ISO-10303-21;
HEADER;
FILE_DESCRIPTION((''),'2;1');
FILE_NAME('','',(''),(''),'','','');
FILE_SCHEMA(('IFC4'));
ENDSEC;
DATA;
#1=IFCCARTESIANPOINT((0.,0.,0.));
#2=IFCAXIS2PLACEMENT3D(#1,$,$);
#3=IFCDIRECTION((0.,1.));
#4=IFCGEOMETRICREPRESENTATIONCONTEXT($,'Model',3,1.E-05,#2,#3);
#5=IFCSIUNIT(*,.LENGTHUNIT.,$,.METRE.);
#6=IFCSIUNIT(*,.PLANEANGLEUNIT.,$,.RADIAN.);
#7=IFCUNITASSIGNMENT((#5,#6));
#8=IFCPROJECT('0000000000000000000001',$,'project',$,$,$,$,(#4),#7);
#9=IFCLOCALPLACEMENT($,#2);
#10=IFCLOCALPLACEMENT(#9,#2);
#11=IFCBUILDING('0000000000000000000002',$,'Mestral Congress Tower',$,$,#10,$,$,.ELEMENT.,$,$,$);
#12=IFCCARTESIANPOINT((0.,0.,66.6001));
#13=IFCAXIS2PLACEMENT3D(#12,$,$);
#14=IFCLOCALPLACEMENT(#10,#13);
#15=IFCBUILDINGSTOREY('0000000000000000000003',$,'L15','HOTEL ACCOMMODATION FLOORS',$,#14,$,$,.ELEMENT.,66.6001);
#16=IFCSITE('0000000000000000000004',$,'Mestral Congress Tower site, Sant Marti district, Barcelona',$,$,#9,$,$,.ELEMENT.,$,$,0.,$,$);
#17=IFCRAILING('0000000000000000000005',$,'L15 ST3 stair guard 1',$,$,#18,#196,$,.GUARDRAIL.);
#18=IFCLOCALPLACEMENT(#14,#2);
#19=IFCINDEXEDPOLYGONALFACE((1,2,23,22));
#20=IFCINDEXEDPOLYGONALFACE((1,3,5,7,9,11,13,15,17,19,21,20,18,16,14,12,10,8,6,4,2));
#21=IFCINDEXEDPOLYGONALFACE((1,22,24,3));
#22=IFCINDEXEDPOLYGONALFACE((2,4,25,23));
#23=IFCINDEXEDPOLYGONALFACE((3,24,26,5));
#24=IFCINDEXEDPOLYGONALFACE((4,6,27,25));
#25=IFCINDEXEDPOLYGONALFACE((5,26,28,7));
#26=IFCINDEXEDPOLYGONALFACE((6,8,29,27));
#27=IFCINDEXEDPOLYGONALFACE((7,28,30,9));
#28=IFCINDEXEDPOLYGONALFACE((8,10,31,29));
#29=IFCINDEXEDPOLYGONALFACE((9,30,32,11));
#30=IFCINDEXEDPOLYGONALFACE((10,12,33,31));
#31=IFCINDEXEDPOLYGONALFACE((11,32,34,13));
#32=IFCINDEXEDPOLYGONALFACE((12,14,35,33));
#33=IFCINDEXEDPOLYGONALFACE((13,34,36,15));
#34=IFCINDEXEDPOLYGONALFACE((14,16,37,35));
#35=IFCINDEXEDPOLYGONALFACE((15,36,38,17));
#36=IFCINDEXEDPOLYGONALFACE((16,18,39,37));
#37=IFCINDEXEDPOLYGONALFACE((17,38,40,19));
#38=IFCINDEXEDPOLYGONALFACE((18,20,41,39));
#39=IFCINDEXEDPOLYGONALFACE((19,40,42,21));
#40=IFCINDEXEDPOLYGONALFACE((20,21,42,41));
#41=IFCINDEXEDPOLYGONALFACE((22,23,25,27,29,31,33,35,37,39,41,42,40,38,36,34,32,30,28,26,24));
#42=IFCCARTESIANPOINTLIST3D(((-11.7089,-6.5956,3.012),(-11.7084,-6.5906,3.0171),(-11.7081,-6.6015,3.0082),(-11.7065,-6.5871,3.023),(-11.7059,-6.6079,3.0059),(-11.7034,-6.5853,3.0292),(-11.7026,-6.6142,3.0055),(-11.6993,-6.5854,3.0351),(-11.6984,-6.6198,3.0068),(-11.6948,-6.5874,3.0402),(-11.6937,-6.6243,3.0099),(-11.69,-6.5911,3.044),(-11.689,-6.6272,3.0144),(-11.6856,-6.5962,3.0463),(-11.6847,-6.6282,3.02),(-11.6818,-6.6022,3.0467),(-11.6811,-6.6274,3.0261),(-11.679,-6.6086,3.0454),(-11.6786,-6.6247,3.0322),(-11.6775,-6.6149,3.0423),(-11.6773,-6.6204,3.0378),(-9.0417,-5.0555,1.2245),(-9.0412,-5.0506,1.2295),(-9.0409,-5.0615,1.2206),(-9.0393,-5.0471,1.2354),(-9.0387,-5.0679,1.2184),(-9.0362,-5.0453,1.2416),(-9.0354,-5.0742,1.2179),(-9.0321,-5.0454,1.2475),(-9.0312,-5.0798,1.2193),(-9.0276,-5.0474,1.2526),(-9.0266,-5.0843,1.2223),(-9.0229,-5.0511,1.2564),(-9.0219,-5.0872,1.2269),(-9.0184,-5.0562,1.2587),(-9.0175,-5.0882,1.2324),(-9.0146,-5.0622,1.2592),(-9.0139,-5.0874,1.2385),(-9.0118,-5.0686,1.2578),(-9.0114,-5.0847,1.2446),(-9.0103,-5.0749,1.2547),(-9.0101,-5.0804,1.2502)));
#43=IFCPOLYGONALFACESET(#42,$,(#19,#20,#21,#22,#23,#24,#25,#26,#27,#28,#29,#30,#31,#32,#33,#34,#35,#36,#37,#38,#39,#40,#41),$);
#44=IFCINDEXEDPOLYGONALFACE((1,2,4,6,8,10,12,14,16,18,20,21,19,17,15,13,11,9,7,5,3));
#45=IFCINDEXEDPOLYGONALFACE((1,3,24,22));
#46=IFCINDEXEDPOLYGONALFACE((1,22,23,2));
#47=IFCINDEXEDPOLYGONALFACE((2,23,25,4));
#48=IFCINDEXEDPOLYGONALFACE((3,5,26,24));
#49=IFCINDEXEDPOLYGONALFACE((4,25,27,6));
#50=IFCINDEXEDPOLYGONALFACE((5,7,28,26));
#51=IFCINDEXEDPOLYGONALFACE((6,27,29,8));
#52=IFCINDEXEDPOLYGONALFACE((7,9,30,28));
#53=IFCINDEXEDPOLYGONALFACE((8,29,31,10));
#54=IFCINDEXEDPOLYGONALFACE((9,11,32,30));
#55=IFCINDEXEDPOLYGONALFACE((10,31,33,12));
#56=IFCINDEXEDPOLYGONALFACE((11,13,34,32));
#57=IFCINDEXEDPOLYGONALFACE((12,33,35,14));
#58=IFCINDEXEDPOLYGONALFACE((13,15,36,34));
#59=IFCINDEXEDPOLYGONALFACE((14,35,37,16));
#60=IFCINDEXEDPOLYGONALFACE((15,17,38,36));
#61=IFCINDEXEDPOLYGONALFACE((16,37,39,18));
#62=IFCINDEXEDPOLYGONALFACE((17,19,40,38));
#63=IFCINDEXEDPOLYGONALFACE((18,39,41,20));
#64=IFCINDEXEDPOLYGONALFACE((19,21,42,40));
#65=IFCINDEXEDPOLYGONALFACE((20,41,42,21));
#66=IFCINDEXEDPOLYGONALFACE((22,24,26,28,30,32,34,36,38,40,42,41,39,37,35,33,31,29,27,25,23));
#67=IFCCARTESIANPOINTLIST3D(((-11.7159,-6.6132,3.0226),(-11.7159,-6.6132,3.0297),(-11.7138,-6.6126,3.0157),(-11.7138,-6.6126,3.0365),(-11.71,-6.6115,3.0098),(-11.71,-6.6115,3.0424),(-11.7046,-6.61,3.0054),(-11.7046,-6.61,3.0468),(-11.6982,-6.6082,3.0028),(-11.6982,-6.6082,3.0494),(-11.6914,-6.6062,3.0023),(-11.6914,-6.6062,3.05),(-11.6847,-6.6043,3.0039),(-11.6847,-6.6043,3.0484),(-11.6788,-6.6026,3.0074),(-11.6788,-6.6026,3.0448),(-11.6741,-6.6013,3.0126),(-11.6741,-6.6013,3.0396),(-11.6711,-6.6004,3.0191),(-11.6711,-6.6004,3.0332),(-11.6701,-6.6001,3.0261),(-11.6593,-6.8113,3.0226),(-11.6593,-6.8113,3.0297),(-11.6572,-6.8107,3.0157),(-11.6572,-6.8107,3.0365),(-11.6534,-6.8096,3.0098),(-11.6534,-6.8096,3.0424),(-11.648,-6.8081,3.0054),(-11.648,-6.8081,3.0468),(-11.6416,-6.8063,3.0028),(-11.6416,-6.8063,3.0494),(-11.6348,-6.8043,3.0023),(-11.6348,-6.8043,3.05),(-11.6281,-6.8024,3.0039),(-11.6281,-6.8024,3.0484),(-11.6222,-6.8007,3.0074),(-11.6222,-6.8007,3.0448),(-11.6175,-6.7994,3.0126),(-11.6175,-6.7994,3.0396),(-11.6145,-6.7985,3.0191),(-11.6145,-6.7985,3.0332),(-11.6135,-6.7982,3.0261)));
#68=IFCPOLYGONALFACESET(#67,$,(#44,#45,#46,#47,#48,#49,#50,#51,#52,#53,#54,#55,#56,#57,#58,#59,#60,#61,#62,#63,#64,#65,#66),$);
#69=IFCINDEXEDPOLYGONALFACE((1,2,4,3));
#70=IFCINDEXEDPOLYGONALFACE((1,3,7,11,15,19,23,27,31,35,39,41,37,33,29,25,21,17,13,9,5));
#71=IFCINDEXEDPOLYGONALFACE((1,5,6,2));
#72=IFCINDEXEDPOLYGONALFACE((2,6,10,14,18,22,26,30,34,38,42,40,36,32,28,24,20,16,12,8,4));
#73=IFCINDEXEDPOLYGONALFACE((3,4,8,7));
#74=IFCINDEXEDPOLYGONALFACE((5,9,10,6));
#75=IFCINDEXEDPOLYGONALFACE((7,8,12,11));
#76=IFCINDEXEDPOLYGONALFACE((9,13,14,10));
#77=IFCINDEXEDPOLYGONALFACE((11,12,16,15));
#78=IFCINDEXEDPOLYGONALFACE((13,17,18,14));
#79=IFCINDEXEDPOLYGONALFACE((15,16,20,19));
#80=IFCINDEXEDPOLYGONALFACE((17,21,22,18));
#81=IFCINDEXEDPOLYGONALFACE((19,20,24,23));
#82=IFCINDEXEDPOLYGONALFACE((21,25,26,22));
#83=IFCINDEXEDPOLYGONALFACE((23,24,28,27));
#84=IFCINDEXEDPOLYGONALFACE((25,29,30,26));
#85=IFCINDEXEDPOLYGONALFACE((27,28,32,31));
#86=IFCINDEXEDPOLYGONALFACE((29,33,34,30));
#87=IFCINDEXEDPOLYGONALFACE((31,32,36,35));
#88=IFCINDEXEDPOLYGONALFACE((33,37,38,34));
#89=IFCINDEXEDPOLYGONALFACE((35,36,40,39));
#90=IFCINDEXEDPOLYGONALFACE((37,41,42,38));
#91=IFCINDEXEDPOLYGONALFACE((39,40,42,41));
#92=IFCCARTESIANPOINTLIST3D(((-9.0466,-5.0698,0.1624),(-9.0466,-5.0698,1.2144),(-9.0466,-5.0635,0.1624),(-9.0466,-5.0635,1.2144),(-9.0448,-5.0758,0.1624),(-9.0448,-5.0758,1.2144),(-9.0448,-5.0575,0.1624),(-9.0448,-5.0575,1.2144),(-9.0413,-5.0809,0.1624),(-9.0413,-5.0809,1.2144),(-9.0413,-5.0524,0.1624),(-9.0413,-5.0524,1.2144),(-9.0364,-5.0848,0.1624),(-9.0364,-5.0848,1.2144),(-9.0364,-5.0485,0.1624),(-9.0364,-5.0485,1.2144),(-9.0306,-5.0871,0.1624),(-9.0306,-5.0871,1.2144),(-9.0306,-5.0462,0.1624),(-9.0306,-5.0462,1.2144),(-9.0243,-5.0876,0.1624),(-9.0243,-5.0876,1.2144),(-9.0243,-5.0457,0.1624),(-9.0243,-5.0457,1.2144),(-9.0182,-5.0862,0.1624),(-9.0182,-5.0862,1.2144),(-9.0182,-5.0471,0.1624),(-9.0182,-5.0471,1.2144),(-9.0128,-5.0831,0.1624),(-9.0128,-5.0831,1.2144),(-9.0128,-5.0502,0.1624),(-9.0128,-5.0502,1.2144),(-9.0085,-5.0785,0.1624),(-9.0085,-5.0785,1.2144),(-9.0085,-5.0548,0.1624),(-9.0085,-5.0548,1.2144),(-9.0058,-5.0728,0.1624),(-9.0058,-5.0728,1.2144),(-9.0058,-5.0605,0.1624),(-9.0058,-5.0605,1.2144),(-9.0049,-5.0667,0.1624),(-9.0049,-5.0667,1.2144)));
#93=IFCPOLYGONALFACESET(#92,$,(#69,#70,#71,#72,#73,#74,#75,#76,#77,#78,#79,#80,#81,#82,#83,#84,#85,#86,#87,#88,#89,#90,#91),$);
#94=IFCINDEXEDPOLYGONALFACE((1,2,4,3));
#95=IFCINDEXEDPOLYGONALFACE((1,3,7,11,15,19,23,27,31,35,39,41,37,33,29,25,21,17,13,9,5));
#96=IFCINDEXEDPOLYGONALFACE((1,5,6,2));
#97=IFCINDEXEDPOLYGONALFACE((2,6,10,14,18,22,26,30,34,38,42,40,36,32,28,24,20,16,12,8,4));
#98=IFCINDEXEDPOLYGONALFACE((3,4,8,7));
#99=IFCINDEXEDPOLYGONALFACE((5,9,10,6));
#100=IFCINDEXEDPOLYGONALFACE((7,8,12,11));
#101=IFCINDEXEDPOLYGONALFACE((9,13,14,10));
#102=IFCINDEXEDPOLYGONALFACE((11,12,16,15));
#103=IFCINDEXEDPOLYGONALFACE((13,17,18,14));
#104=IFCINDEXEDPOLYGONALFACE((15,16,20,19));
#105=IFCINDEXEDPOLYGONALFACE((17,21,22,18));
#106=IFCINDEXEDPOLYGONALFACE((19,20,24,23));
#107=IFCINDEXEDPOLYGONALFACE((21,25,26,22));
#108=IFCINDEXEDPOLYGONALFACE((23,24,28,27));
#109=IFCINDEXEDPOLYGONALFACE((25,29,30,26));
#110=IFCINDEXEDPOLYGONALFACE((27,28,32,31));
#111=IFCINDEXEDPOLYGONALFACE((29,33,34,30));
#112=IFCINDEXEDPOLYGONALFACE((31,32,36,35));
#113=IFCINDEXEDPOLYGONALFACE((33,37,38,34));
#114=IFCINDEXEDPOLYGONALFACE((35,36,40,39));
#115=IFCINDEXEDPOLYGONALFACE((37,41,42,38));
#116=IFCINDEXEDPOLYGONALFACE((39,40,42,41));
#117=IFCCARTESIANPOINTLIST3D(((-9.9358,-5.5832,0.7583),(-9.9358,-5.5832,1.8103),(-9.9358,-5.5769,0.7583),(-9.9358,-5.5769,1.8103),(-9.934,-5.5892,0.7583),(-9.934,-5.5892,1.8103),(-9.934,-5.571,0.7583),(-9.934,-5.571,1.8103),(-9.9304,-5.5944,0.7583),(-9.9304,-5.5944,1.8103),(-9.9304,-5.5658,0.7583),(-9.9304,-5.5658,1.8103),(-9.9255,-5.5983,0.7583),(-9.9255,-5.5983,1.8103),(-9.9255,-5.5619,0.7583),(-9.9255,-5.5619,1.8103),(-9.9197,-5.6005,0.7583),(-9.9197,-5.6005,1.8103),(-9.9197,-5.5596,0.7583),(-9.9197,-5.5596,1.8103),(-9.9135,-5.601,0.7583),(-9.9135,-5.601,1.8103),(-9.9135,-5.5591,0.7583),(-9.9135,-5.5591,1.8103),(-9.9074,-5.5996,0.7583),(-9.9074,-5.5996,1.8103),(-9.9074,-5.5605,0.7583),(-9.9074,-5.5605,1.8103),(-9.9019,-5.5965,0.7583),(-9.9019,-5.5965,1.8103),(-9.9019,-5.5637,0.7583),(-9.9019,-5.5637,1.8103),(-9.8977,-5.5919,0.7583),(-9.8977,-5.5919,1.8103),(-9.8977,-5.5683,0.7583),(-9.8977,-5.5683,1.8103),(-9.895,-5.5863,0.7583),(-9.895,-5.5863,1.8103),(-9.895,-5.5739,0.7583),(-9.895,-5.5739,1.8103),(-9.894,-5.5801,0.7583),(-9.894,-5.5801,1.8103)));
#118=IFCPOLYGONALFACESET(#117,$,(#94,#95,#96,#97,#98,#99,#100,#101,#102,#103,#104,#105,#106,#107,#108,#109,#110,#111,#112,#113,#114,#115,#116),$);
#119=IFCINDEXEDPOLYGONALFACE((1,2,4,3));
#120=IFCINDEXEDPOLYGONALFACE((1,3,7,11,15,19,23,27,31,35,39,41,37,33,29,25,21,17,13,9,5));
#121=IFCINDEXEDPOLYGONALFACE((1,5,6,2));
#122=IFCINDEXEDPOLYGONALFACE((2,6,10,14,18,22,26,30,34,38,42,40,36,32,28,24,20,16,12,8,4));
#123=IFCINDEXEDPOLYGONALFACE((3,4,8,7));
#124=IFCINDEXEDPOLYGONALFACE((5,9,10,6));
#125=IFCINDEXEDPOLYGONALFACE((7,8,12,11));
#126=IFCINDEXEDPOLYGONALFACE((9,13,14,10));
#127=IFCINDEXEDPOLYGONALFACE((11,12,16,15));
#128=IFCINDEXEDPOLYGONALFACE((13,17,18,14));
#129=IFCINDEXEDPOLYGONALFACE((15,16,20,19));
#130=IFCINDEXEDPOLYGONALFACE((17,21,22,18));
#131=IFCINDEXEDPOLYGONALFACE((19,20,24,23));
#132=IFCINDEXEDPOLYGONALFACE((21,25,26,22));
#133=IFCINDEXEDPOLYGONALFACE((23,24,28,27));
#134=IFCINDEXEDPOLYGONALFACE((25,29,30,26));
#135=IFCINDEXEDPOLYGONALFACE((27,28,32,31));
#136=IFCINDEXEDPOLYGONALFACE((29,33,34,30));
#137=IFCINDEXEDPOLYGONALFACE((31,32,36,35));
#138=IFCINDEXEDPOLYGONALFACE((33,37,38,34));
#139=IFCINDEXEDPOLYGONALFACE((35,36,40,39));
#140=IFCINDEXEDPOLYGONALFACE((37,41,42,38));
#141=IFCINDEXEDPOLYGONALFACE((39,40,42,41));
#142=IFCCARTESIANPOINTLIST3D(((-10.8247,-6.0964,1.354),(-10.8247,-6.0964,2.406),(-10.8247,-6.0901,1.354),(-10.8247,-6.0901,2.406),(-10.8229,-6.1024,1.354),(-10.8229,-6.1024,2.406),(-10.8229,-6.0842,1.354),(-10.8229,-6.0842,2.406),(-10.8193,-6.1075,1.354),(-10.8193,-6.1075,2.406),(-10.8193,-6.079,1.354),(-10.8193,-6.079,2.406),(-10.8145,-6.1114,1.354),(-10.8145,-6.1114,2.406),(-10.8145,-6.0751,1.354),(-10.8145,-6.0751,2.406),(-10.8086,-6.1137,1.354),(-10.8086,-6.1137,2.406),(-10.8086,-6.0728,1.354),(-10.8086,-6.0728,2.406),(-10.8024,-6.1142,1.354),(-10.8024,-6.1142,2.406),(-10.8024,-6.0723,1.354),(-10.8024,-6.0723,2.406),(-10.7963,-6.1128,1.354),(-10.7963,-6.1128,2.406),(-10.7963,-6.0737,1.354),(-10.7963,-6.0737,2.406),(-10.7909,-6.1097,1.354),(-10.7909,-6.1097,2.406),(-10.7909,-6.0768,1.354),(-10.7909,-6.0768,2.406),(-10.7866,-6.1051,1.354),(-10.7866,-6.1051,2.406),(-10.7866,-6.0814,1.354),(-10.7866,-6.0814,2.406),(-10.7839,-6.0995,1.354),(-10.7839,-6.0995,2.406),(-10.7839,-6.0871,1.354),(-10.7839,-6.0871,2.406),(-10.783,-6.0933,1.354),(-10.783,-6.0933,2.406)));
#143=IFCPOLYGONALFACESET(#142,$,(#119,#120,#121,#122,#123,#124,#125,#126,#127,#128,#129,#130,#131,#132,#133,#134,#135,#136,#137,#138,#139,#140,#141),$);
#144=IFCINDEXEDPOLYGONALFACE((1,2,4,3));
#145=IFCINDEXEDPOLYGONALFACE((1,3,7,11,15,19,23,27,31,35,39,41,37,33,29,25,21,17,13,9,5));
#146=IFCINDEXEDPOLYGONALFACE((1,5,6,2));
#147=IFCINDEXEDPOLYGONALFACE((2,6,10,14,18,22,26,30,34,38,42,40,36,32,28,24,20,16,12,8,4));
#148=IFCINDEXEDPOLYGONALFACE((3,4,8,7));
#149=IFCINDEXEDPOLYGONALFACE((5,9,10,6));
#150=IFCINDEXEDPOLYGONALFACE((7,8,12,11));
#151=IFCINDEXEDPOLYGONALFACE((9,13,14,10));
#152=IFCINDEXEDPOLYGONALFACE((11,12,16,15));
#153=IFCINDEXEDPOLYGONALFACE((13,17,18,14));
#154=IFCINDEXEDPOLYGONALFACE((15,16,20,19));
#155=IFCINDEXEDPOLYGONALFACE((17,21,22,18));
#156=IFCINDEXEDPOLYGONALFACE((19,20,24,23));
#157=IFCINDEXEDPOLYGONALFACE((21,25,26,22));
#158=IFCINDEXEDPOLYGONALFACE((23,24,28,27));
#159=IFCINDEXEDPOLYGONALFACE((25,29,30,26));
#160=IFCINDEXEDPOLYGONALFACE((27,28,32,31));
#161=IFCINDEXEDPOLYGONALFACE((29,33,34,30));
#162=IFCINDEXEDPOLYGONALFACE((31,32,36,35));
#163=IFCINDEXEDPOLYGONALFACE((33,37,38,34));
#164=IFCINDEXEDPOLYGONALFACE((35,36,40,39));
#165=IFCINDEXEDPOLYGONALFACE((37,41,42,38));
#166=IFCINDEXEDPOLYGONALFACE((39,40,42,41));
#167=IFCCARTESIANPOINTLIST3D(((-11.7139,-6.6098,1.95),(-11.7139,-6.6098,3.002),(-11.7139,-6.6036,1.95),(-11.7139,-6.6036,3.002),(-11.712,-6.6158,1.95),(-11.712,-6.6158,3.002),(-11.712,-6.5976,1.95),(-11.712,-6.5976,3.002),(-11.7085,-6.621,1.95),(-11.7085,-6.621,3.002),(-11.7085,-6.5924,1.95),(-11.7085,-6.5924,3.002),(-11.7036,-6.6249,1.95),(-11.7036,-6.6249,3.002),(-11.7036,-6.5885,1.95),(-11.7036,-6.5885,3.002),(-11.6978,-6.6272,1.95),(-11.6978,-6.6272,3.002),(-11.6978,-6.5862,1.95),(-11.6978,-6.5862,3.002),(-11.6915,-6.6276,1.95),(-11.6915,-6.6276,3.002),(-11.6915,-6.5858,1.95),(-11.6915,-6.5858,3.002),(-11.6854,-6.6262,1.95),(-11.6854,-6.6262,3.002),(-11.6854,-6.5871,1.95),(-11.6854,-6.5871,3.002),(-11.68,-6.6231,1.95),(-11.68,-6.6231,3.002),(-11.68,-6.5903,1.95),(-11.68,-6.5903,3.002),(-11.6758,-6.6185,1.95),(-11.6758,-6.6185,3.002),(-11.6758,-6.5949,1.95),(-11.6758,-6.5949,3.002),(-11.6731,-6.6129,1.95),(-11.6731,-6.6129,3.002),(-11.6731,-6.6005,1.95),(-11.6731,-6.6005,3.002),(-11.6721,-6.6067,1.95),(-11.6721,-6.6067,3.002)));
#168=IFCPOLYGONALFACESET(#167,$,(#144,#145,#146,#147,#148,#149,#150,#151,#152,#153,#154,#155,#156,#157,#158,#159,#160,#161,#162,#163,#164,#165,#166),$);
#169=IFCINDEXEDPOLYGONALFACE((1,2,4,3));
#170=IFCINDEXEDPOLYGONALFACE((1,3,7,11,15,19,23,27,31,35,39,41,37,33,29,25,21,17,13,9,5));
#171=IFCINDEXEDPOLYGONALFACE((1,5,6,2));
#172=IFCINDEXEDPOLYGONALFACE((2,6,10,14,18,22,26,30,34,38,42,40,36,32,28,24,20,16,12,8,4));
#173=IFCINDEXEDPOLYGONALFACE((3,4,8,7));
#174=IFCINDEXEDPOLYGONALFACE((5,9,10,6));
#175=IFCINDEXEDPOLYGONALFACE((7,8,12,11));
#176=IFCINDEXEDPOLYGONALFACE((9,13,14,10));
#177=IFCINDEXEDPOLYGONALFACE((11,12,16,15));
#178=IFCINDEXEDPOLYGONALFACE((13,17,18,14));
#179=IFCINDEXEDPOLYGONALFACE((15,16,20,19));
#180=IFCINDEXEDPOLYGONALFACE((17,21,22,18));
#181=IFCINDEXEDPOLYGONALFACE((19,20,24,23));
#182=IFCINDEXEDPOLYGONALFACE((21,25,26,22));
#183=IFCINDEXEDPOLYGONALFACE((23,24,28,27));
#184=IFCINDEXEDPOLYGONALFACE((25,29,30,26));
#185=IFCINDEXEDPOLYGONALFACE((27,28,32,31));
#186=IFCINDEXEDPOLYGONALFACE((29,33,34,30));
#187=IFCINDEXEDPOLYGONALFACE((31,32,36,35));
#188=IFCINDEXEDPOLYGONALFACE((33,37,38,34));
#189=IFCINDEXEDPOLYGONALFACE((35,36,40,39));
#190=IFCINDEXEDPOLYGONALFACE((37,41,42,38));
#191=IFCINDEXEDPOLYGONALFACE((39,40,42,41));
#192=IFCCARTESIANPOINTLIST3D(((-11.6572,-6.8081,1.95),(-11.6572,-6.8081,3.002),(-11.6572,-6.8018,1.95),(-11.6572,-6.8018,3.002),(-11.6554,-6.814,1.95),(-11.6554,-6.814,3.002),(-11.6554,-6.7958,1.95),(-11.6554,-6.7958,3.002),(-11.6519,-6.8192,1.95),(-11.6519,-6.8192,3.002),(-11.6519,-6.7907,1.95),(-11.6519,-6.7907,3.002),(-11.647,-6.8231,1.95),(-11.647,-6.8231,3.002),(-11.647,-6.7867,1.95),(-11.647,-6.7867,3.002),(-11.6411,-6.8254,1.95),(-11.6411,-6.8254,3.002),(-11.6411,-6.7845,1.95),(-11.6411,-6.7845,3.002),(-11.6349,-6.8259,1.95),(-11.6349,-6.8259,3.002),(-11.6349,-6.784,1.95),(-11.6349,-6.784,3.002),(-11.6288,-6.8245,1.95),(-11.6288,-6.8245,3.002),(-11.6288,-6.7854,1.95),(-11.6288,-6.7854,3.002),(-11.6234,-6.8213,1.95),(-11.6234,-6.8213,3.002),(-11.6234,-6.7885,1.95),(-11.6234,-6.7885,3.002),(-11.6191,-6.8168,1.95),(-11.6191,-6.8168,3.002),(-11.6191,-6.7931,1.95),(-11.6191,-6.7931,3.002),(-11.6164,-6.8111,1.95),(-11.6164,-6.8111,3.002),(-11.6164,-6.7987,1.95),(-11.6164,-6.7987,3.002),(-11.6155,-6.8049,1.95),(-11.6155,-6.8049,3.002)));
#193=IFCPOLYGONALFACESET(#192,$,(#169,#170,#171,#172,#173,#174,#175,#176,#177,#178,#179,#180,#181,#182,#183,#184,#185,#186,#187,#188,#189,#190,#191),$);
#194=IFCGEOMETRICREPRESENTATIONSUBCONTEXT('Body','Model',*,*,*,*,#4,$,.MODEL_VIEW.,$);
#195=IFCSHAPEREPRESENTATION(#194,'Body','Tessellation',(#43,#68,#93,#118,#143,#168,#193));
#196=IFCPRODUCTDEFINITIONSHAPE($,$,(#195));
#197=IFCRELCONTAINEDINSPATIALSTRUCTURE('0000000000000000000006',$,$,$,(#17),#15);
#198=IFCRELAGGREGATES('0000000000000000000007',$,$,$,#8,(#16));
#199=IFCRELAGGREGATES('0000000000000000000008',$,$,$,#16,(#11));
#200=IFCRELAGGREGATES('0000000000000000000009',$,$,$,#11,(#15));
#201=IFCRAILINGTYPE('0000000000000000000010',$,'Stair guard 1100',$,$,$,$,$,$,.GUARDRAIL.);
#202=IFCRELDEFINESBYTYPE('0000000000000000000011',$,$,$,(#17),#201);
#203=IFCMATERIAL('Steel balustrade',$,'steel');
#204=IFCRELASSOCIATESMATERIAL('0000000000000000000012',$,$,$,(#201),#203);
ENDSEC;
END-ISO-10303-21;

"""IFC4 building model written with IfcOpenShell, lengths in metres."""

from ifc_helpers import new_model, si_unit, direction, frame, origin, origin_2d, place, context, subcontext, project, spatial, circle, extrude, material, type_object, element, save


model = new_model("IFC4")

# Units and contexts
model_context = context("Model", 3, precision=1e-05, world=origin(), true_north=direction((0.0, 1.0)))
body_context = subcontext(model_context, "Body", "Model", "MODEL_VIEW")
ifc_project = project(units=[si_unit("LENGTHUNIT", "METRE"), si_unit("PLANEANGLEUNIT", "RADIAN")], contexts=[model_context])

# Site, building, storey
site_placement = place(None, origin())
site = spatial("IfcSite", under=ifc_project, at=site_placement, Name="Mestral Congress Tower site, Sant Marti district, Barcelona", CompositionType="ELEMENT", RefElevation=0.0)
building_placement = place(site_placement, origin())
building = spatial("IfcBuilding", under=site, at=building_placement, Name="Mestral Congress Tower", CompositionType="ELEMENT")
storey_placement = place(building_placement, frame((0.0, 0.0, 66.6001)))
storey = spatial("IfcBuildingStorey", under=building, at=storey_placement, Name="L15", Description="HOTEL ACCOMMODATION FLOORS", CompositionType="ELEMENT", Elevation=66.6001)

# Railing
ifc_material_1 = material(Name="Steel balustrade", Category="steel")
railing_type_1 = type_object("IfcRailingType", Name="Stair guard 1100", PredefinedType="GUARDRAIL", material=ifc_material_1)
railing_1_placement = place(storey_placement, frame((-9.0259, -5.0667, 0.1624)))
element("IfcRailing", 1, at=railing_1_placement, inside=storey, type_object=railing_type_1, Name="L15 ST3 stair guard 1", PredefinedType="GUARDRAIL", context=body_context, shape_type="SweptSolid", body=[
    extrude(circle(Radius=0.0239, at=origin_2d()), frame((0.0, 0.0, 1.0762), z_axis=(-0.748994, -0.432463, 0.50198), x_axis=(0.500027, -0.86601, 0.0)), (0.0, 0.0, 1.0), 3.561),
    extrude(circle(Radius=0.0239, at=origin_2d()), frame((-2.6672, -1.54, 2.8638), z_axis=(0.274721, -0.961524, 0.0), x_axis=(0.961524, 0.274721, 0.0)), (0.0, 0.0, 1.0), 0.2061),
    extrude(circle(Radius=0.021, at=origin_2d()), origin(), (0.0, 0.0, 1.0), 1.052),
    extrude(circle(Radius=0.021, at=origin_2d()), frame((-0.8892, -0.5134, 0.5959)), (0.0, 0.0, 1.0), 1.052),
    extrude(circle(Radius=0.021, at=origin_2d()), frame((-1.7781, -1.0266, 1.1917)), (0.0, 0.0, 1.0), 1.052),
    extrude(circle(Radius=0.021, at=origin_2d()), frame((-2.6672, -1.54, 1.7876)), (0.0, 0.0, 1.0), 1.052),
    extrude(circle(Radius=0.021, at=origin_2d()), frame((-2.6106, -1.7383, 1.7876)), (0.0, 0.0, 1.0), 1.052),
])

save(model, "model.ifc")
